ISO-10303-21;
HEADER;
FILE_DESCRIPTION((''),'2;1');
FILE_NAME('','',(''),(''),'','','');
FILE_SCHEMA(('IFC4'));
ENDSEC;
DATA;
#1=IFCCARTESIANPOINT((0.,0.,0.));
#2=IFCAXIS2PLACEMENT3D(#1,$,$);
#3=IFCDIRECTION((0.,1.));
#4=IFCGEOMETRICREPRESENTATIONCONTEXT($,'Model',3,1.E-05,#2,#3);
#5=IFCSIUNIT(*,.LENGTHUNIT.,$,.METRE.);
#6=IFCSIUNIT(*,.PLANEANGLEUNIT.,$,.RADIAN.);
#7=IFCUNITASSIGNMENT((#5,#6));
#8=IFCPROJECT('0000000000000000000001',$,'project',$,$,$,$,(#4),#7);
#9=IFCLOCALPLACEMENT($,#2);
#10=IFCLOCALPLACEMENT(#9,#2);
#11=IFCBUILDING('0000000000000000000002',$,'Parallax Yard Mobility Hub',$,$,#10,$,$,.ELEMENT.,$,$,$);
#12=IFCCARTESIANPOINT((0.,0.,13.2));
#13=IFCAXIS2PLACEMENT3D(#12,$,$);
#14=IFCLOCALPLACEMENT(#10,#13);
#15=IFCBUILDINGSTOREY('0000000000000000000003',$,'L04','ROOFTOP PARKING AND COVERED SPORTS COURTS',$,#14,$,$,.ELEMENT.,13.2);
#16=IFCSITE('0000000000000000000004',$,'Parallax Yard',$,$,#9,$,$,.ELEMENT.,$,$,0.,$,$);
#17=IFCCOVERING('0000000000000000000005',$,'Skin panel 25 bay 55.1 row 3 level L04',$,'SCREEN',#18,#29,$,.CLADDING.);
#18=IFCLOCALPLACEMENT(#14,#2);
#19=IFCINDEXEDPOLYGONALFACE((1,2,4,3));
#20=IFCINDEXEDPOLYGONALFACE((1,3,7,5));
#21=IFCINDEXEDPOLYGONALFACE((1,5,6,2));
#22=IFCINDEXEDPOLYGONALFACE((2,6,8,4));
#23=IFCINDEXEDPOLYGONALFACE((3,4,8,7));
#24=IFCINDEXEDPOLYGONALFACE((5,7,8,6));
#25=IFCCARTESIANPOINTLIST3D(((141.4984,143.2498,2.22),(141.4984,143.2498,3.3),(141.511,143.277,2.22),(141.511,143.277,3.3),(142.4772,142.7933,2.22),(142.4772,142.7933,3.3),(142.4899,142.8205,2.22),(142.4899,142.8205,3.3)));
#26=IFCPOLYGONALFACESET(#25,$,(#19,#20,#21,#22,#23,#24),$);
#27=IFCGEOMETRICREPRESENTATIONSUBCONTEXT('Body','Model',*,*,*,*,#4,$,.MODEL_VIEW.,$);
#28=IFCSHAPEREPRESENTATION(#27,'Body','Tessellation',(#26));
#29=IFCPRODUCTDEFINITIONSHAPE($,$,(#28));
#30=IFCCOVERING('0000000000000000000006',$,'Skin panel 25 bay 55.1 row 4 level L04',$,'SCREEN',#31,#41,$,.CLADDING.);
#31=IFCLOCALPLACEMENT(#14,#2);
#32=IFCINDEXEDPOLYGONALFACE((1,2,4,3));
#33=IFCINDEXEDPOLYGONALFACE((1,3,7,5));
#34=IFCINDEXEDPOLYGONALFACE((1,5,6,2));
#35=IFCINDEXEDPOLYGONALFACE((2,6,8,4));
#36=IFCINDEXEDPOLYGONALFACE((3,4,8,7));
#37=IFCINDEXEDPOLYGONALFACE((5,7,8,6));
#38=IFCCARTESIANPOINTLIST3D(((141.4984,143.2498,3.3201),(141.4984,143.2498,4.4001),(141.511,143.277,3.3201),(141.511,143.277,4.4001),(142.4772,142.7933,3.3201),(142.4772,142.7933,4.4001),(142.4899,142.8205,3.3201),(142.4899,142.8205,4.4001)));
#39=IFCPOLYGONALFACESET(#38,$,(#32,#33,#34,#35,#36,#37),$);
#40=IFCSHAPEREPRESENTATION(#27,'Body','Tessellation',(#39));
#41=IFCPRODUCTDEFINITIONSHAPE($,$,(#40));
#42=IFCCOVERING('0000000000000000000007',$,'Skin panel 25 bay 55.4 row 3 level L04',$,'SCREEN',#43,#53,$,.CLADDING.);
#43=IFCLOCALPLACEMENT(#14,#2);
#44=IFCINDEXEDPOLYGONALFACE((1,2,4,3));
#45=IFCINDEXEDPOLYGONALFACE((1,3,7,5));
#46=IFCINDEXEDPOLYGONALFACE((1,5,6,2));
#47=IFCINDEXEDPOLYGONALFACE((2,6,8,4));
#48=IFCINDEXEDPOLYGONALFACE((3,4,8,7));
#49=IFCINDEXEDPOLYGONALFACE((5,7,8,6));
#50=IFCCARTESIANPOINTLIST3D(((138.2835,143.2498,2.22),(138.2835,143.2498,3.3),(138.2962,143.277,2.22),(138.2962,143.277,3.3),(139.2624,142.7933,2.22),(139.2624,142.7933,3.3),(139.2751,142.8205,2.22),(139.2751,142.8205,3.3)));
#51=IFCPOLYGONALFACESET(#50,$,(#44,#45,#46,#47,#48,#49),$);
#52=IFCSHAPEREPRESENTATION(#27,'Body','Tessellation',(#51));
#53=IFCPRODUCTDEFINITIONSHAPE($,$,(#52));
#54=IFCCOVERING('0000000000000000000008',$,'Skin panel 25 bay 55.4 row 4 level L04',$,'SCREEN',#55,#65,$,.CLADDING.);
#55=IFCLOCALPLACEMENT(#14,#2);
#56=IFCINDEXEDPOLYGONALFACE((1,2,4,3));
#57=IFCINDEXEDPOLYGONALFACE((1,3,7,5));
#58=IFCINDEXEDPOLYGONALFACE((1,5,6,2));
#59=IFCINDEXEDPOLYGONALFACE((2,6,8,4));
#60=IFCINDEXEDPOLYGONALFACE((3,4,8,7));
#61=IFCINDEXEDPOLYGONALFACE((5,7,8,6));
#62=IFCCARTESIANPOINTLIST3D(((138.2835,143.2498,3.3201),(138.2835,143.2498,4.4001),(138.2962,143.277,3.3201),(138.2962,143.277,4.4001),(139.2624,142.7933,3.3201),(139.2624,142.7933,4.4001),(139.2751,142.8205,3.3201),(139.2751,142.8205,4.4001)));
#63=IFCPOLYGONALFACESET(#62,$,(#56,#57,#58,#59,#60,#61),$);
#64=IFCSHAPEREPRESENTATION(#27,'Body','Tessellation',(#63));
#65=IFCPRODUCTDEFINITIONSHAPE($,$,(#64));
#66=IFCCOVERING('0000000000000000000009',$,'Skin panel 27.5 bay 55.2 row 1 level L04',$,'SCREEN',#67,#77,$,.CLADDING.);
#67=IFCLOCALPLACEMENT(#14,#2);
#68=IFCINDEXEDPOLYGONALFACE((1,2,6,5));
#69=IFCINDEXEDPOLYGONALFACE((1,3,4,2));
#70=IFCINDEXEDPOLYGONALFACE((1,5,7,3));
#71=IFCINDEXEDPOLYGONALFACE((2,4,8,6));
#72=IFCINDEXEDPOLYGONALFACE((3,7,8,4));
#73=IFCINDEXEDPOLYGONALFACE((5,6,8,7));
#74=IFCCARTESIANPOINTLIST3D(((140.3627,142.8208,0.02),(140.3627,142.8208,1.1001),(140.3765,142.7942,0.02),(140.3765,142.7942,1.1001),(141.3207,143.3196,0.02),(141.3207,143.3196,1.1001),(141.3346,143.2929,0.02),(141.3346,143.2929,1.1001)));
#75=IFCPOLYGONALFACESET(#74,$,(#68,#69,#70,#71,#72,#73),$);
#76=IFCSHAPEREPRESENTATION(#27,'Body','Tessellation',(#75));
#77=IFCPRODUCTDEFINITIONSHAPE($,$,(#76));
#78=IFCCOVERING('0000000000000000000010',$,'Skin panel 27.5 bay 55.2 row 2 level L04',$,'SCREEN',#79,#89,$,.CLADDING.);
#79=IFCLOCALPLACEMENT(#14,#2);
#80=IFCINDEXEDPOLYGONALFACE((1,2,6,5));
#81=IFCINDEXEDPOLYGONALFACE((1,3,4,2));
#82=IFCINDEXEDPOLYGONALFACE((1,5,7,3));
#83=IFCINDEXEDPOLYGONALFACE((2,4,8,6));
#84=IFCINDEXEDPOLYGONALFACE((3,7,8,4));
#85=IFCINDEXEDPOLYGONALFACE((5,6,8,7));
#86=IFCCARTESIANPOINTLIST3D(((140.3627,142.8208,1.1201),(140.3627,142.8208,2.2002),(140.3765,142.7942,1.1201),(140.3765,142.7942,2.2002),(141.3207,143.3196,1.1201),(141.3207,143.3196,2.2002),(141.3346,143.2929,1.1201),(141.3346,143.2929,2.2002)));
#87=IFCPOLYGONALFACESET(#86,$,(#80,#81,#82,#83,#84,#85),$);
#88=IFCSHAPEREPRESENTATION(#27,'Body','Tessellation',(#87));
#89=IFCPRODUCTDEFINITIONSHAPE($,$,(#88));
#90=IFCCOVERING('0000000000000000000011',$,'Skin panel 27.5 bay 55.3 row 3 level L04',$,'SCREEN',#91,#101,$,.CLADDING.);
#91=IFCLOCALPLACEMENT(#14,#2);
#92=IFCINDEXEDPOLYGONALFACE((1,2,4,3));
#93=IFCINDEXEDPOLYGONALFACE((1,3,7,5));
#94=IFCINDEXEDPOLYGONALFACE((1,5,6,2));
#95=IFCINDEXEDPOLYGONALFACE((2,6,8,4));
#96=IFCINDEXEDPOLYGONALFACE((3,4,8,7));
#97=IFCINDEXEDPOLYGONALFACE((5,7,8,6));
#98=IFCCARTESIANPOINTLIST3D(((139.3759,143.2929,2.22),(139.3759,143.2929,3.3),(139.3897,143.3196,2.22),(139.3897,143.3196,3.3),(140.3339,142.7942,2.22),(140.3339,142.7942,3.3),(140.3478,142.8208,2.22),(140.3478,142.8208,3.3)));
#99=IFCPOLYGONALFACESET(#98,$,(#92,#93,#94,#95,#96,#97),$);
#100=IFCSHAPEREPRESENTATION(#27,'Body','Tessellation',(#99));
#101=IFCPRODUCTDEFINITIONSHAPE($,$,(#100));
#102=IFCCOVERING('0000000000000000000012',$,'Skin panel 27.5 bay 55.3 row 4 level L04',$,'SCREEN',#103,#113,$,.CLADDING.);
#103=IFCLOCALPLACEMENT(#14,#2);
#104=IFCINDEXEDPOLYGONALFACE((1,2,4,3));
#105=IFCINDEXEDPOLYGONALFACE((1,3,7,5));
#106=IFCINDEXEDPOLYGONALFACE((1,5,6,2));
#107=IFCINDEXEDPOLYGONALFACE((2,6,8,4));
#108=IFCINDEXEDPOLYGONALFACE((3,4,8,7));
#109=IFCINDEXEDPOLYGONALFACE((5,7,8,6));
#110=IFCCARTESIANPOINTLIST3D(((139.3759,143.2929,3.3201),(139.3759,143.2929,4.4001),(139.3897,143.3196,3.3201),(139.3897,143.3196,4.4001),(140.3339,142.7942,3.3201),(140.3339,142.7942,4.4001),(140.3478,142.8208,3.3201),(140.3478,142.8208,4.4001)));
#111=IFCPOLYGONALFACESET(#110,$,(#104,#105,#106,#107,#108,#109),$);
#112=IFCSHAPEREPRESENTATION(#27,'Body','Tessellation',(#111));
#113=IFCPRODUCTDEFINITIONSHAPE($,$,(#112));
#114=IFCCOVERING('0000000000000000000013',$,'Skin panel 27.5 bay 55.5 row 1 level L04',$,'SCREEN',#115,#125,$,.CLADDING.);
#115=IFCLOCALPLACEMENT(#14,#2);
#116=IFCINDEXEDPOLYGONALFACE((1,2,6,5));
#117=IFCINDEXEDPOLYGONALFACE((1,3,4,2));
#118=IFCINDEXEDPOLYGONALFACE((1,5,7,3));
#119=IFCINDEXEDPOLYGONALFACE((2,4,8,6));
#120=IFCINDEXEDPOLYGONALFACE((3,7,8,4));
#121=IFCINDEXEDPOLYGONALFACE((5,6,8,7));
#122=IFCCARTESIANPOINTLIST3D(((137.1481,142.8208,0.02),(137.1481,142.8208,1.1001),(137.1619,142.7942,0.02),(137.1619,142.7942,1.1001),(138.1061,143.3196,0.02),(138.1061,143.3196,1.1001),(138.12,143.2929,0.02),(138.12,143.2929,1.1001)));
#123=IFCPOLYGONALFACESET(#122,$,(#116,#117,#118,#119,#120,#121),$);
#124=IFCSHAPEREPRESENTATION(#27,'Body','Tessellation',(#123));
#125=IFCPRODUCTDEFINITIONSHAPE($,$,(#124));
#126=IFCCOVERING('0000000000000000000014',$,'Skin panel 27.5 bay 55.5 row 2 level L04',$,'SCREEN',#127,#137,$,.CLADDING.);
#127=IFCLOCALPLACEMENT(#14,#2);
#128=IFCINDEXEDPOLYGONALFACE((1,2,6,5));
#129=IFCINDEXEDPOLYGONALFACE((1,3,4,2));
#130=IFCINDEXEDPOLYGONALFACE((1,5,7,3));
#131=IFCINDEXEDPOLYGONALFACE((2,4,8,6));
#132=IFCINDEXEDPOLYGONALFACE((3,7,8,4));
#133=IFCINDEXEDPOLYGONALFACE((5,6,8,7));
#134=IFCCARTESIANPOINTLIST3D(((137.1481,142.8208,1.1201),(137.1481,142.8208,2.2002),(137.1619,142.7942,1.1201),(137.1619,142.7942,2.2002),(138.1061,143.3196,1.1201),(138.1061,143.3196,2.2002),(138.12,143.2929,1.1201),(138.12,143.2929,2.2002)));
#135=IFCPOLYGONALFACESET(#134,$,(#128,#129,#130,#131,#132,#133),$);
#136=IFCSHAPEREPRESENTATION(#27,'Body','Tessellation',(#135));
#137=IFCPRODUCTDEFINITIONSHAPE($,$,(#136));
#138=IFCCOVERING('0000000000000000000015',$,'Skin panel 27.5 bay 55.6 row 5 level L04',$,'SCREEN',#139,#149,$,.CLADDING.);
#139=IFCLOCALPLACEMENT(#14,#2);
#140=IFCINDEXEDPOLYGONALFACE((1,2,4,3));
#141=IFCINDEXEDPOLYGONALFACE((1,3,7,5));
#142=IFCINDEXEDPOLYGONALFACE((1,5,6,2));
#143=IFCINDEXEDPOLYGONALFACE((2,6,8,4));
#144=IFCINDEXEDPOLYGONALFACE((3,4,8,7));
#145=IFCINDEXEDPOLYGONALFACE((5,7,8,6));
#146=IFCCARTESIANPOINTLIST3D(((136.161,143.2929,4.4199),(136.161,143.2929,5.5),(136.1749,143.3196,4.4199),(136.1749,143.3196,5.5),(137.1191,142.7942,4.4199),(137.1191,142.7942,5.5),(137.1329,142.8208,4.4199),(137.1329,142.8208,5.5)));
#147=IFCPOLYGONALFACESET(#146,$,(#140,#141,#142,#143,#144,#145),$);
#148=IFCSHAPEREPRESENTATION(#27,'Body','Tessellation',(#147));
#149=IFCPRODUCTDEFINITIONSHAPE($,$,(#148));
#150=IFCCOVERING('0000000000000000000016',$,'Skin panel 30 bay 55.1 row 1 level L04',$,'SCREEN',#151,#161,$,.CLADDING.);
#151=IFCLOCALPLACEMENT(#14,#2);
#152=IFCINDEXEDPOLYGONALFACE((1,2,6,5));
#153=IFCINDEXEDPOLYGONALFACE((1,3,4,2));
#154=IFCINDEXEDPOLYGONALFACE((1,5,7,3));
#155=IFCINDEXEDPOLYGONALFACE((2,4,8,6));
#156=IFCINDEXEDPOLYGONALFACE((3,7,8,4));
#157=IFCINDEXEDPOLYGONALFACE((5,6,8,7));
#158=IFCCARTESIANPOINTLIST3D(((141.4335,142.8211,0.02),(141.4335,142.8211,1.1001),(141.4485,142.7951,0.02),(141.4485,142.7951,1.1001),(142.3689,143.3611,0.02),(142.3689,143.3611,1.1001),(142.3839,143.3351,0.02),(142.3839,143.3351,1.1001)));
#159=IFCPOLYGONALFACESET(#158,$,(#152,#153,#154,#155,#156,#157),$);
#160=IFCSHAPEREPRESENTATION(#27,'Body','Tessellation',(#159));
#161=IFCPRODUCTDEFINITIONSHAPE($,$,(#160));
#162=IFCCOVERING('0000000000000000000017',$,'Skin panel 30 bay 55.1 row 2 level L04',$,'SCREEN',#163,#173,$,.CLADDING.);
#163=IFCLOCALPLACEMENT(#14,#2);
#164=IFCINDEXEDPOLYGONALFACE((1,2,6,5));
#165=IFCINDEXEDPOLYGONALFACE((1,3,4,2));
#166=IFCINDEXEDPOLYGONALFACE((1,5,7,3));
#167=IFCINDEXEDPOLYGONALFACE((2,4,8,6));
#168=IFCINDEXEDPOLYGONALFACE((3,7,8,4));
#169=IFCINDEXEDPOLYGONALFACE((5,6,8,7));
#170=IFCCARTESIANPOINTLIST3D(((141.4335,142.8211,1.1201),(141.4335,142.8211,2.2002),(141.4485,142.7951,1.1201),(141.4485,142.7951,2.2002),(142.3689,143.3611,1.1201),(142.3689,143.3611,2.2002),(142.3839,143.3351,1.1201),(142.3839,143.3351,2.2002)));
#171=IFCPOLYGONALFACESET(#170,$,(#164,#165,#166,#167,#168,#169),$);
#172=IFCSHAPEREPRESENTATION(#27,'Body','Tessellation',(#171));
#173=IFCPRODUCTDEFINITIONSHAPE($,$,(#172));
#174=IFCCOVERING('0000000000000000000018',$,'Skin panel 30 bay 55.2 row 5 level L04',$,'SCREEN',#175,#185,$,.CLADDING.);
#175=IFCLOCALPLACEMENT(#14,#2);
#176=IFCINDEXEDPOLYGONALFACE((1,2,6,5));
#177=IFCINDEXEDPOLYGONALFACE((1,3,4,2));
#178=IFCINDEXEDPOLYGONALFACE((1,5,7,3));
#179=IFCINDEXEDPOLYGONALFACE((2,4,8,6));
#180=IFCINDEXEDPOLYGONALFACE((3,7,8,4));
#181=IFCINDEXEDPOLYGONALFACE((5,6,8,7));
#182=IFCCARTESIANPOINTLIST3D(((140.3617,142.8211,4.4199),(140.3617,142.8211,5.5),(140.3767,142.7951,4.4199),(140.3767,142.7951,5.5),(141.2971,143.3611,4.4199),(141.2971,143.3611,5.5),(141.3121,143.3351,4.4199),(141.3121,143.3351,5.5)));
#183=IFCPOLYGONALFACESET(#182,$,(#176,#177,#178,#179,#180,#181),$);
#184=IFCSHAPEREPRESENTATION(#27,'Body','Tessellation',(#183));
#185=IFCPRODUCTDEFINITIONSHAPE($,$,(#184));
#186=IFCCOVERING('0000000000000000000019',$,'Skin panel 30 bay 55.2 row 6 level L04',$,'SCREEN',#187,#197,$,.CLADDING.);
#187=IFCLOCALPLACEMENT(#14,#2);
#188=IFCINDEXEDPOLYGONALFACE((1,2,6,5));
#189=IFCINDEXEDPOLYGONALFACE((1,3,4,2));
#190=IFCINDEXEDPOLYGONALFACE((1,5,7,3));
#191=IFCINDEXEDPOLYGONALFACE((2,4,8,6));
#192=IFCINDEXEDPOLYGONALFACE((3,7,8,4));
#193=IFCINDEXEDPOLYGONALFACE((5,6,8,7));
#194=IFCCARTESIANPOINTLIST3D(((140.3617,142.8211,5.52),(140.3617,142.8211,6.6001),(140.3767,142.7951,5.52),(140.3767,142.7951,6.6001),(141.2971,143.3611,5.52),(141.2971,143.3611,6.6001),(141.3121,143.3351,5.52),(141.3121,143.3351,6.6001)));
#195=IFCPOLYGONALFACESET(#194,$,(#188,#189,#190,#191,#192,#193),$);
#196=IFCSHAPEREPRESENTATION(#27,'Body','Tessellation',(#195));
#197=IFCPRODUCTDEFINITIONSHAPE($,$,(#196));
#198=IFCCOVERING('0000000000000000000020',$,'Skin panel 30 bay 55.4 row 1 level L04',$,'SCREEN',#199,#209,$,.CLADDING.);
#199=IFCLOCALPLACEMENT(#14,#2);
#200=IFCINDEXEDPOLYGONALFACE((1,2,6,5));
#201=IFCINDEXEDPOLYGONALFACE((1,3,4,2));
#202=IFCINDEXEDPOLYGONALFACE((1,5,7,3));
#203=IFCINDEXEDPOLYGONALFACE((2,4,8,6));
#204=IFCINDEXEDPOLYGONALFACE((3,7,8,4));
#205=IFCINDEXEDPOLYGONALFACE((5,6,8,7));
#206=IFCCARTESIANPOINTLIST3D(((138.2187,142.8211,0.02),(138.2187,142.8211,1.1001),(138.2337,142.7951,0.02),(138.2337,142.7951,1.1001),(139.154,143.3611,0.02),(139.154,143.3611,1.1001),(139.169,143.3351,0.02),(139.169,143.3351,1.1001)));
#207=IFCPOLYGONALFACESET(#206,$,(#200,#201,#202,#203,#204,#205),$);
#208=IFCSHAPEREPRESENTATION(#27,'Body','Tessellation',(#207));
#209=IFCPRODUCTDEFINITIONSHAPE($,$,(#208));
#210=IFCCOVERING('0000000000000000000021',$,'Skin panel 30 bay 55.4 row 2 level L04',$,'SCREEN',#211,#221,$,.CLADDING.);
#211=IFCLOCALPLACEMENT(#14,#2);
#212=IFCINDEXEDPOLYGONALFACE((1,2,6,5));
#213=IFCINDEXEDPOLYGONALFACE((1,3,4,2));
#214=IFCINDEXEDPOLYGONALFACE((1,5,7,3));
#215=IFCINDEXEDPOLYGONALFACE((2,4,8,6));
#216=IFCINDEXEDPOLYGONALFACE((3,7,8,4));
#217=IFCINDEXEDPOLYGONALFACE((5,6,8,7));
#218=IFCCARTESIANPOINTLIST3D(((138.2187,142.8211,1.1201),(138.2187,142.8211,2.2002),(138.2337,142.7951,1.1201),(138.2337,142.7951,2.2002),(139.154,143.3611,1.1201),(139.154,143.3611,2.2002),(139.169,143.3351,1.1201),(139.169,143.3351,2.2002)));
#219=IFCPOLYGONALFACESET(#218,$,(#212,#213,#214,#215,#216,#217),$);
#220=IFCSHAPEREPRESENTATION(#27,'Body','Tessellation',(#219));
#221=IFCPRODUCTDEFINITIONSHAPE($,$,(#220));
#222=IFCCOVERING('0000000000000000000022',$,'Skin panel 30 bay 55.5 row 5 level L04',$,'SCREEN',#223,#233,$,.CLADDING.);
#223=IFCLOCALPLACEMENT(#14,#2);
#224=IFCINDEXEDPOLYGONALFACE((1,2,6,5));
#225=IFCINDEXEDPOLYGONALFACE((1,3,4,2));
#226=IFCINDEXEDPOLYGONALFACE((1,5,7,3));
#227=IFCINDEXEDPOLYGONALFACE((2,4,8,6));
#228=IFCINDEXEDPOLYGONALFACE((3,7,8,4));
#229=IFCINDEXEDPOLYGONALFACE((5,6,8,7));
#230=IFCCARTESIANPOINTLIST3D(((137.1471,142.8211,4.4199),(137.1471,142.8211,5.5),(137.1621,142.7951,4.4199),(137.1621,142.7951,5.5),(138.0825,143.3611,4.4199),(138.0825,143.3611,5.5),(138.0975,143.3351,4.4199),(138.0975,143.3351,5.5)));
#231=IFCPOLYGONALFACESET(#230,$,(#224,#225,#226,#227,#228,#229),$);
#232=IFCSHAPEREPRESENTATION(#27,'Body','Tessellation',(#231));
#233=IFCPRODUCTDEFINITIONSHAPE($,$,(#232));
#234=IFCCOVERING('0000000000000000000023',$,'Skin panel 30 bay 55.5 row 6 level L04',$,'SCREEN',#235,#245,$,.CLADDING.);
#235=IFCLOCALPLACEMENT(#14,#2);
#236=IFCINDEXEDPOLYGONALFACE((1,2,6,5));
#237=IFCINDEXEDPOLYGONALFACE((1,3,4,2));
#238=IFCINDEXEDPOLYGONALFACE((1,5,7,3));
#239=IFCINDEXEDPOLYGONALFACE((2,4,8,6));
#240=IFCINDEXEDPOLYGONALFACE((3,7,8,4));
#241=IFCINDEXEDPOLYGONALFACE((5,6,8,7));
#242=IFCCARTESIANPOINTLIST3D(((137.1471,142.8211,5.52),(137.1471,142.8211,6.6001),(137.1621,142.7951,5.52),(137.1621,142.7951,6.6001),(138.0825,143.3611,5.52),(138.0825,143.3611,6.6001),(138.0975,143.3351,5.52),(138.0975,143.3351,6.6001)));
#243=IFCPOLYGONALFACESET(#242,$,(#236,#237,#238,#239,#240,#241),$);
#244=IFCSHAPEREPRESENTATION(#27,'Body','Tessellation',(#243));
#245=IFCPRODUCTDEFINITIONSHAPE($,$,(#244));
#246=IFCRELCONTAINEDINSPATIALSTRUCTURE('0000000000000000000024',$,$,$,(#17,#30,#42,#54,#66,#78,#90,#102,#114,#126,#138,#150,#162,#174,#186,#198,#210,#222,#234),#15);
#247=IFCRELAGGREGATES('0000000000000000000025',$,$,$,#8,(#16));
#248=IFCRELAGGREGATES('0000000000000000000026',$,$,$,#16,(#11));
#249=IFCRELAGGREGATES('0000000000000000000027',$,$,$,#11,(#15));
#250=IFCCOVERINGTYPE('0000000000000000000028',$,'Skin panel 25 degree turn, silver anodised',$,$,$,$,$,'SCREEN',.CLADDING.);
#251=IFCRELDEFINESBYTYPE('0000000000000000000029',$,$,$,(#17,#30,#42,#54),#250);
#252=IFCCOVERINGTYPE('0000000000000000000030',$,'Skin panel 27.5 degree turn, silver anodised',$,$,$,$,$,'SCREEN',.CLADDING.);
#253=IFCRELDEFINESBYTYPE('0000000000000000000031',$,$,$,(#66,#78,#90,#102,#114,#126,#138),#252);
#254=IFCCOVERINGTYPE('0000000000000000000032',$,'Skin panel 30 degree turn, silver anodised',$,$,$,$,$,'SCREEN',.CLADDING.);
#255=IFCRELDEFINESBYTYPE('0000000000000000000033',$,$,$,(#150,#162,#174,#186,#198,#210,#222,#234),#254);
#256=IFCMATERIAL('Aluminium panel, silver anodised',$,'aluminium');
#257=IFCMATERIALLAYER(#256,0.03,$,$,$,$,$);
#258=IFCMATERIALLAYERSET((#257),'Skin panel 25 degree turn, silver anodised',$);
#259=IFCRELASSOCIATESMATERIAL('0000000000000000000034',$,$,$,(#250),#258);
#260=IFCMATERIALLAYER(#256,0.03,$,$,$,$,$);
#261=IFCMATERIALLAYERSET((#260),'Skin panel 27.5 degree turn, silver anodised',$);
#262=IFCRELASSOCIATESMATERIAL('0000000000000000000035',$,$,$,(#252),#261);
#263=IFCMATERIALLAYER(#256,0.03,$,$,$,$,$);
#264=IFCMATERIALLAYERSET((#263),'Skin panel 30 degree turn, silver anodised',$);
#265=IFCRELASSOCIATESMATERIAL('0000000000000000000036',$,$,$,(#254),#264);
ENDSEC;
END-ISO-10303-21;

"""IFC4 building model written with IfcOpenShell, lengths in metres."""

from ifc_helpers import new_model, si_unit, direction, frame, origin, origin_2d, place, context, subcontext, project, spatial, rectangle, extrude, material, layer, layer_set, type_object, element, save


model = new_model("IFC4")

# Units and contexts
model_context = context("Model", 3, precision=1e-05, world=origin(), true_north=direction((0.0, 1.0)))
body_context = subcontext(model_context, "Body", "Model", "MODEL_VIEW")
ifc_project = project(units=[si_unit("LENGTHUNIT", "METRE"), si_unit("PLANEANGLEUNIT", "RADIAN")], contexts=[model_context])

# Site, building, storey
site_placement = place(None, origin())
site = spatial("IfcSite", under=ifc_project, at=site_placement, Name="Parallax Yard", CompositionType="ELEMENT", RefElevation=0.0)
building_placement = place(site_placement, origin())
building = spatial("IfcBuilding", under=site, at=building_placement, Name="Parallax Yard Mobility Hub", CompositionType="ELEMENT")
storey_placement = place(building_placement, frame((0.0, 0.0, 13.2)))
storey = spatial("IfcBuildingStorey", under=building, at=storey_placement, Name="L04", Description="ROOFTOP PARKING AND COVERED SPORTS COURTS", CompositionType="ELEMENT", Elevation=13.2)

# Coverings
ifc_material = material(Name="Aluminium panel, silver anodised", Category="aluminium")
ifc_layer_1 = layer(ifc_material, 0.03)
ifc_layer_set_1 = layer_set([ifc_layer_1], Name="Skin panel 25 degree turn, silver anodised")
covering_type_1 = type_object("IfcCoveringType", Name="Skin panel 25 degree turn, silver anodised", ElementType="SCREEN", PredefinedType="CLADDING", material=ifc_layer_set_1)
for number, where, z_axis, x_axis, name in (
    (1, (141.9941, 143.0352, 2.22), (0.0, 0.0, 1.0), (-0.906308, 0.422618, 0.0), "Skin panel 25 bay 55.1 row 3 level L04"),
    (2, (141.9941, 143.0352, 3.3201), (0.0, 0.0, 1.0), (-0.906308, 0.422618, 0.0), "Skin panel 25 bay 55.1 row 4 level L04"),
    (3, (138.7793, 143.0352, 2.22), (0.0, 0.0, 1.0), (-0.906308, 0.422618, 0.0), "Skin panel 25 bay 55.4 row 3 level L04"),
    (4, (138.7793, 143.0352, 3.3201), (0.0, 0.0, 1.0), (-0.906308, 0.422618, 0.0), "Skin panel 25 bay 55.4 row 4 level L04"),
):
    element("IfcCovering", number, at=place(storey_placement, frame(where, z_axis=z_axis, x_axis=x_axis)), inside=storey, type_object=covering_type_1, Name=name, ObjectType="SCREEN", PredefinedType="CLADDING", context=body_context, shape_type="SweptSolid", body=[
        extrude(rectangle(XDim=1.0801, YDim=0.03, at=origin_2d()), origin(), (0.0, 0.0, 1.0), 1.0801),
    ])
ifc_layer_2 = layer(ifc_material, 0.03)
ifc_layer_set_2 = layer_set([ifc_layer_2], Name="Skin panel 27.5 degree turn, silver anodised")
covering_type_2 = type_object("IfcCoveringType", Name="Skin panel 27.5 degree turn, silver anodised", ElementType="SCREEN", PredefinedType="CLADDING", material=ifc_layer_set_2)
for number, where, z_axis, x_axis, name in (
    (5, (140.8486, 143.0569, 0.02), (0.0, 0.0, 1.0), (0.887011, 0.461749, 0.0), "Skin panel 27.5 bay 55.2 row 1 level L04"),
    (6, (140.8486, 143.0569, 1.1201), (0.0, 0.0, 1.0), (0.887011, 0.461749, 0.0), "Skin panel 27.5 bay 55.2 row 2 level L04"),
    (7, (139.8618, 143.0569, 2.22), (0.0, 0.0, 1.0), (-0.887011, 0.461749, 0.0), "Skin panel 27.5 bay 55.3 row 3 level L04"),
    (8, (139.8618, 143.0569, 3.3201), (0.0, 0.0, 1.0), (-0.887011, 0.461749, 0.0), "Skin panel 27.5 bay 55.3 row 4 level L04"),
    (9, (137.634, 143.0569, 0.02), (0.0, 0.0, 1.0), (0.887011, 0.461749, 0.0), "Skin panel 27.5 bay 55.5 row 1 level L04"),
    (10, (137.634, 143.0569, 1.1201), (0.0, 0.0, 1.0), (0.887011, 0.461749, 0.0), "Skin panel 27.5 bay 55.5 row 2 level L04"),
    (11, (136.647, 143.0569, 4.4199), (0.0, 0.0, 1.0), (-0.887011, 0.461749, 0.0), "Skin panel 27.5 bay 55.6 row 5 level L04"),
):
    element("IfcCovering", number, at=place(storey_placement, frame(where, z_axis=z_axis, x_axis=x_axis)), inside=storey, type_object=covering_type_2, Name=name, ObjectType="SCREEN", PredefinedType="CLADDING", context=body_context, shape_type="SweptSolid", body=[
        extrude(rectangle(XDim=1.0801, YDim=0.03, at=origin_2d()), origin(), (0.0, 0.0, 1.0), 1.0801),
    ])
ifc_layer_3 = layer(ifc_material, 0.03)
ifc_layer_set_3 = layer_set([ifc_layer_3], Name="Skin panel 30 degree turn, silver anodised")
covering_type_3 = type_object("IfcCoveringType", Name="Skin panel 30 degree turn, silver anodised", ElementType="SCREEN", PredefinedType="CLADDING", material=ifc_layer_set_3)
for number, where, z_axis, x_axis, name in (
    (12, (141.9087, 143.0781, 0.02), (0.0, 0.0, 1.0), (0.866025, 0.5, 0.0), "Skin panel 30 bay 55.1 row 1 level L04"),
    (13, (141.9087, 143.0781, 1.1201), (0.0, 0.0, 1.0), (0.866025, 0.5, 0.0), "Skin panel 30 bay 55.1 row 2 level L04"),
    (14, (140.8369, 143.0781, 4.4199), (0.0, 0.0, 1.0), (0.866025, 0.5, 0.0), "Skin panel 30 bay 55.2 row 5 level L04"),
    (15, (140.8369, 143.0781, 5.52), (0.0, 0.0, 1.0), (0.866025, 0.5, 0.0), "Skin panel 30 bay 55.2 row 6 level L04"),
    (16, (138.6938, 143.0781, 0.02), (0.0, 0.0, 1.0), (0.866025, 0.5, 0.0), "Skin panel 30 bay 55.4 row 1 level L04"),
    (17, (138.6938, 143.0781, 1.1201), (0.0, 0.0, 1.0), (0.866025, 0.5, 0.0), "Skin panel 30 bay 55.4 row 2 level L04"),
    (18, (137.6223, 143.0781, 4.4199), (0.0, 0.0, 1.0), (0.866025, 0.5, 0.0), "Skin panel 30 bay 55.5 row 5 level L04"),
    (19, (137.6223, 143.0781, 5.52), (0.0, 0.0, 1.0), (0.866025, 0.5, 0.0), "Skin panel 30 bay 55.5 row 6 level L04"),
):
    element("IfcCovering", number, at=place(storey_placement, frame(where, z_axis=z_axis, x_axis=x_axis)), inside=storey, type_object=covering_type_3, Name=name, ObjectType="SCREEN", PredefinedType="CLADDING", context=body_context, shape_type="SweptSolid", body=[
        extrude(rectangle(XDim=1.0801, YDim=0.03, at=origin_2d()), origin(), (0.0, 0.0, 1.0), 1.0801),
    ])

save(model, "model.ifc")
